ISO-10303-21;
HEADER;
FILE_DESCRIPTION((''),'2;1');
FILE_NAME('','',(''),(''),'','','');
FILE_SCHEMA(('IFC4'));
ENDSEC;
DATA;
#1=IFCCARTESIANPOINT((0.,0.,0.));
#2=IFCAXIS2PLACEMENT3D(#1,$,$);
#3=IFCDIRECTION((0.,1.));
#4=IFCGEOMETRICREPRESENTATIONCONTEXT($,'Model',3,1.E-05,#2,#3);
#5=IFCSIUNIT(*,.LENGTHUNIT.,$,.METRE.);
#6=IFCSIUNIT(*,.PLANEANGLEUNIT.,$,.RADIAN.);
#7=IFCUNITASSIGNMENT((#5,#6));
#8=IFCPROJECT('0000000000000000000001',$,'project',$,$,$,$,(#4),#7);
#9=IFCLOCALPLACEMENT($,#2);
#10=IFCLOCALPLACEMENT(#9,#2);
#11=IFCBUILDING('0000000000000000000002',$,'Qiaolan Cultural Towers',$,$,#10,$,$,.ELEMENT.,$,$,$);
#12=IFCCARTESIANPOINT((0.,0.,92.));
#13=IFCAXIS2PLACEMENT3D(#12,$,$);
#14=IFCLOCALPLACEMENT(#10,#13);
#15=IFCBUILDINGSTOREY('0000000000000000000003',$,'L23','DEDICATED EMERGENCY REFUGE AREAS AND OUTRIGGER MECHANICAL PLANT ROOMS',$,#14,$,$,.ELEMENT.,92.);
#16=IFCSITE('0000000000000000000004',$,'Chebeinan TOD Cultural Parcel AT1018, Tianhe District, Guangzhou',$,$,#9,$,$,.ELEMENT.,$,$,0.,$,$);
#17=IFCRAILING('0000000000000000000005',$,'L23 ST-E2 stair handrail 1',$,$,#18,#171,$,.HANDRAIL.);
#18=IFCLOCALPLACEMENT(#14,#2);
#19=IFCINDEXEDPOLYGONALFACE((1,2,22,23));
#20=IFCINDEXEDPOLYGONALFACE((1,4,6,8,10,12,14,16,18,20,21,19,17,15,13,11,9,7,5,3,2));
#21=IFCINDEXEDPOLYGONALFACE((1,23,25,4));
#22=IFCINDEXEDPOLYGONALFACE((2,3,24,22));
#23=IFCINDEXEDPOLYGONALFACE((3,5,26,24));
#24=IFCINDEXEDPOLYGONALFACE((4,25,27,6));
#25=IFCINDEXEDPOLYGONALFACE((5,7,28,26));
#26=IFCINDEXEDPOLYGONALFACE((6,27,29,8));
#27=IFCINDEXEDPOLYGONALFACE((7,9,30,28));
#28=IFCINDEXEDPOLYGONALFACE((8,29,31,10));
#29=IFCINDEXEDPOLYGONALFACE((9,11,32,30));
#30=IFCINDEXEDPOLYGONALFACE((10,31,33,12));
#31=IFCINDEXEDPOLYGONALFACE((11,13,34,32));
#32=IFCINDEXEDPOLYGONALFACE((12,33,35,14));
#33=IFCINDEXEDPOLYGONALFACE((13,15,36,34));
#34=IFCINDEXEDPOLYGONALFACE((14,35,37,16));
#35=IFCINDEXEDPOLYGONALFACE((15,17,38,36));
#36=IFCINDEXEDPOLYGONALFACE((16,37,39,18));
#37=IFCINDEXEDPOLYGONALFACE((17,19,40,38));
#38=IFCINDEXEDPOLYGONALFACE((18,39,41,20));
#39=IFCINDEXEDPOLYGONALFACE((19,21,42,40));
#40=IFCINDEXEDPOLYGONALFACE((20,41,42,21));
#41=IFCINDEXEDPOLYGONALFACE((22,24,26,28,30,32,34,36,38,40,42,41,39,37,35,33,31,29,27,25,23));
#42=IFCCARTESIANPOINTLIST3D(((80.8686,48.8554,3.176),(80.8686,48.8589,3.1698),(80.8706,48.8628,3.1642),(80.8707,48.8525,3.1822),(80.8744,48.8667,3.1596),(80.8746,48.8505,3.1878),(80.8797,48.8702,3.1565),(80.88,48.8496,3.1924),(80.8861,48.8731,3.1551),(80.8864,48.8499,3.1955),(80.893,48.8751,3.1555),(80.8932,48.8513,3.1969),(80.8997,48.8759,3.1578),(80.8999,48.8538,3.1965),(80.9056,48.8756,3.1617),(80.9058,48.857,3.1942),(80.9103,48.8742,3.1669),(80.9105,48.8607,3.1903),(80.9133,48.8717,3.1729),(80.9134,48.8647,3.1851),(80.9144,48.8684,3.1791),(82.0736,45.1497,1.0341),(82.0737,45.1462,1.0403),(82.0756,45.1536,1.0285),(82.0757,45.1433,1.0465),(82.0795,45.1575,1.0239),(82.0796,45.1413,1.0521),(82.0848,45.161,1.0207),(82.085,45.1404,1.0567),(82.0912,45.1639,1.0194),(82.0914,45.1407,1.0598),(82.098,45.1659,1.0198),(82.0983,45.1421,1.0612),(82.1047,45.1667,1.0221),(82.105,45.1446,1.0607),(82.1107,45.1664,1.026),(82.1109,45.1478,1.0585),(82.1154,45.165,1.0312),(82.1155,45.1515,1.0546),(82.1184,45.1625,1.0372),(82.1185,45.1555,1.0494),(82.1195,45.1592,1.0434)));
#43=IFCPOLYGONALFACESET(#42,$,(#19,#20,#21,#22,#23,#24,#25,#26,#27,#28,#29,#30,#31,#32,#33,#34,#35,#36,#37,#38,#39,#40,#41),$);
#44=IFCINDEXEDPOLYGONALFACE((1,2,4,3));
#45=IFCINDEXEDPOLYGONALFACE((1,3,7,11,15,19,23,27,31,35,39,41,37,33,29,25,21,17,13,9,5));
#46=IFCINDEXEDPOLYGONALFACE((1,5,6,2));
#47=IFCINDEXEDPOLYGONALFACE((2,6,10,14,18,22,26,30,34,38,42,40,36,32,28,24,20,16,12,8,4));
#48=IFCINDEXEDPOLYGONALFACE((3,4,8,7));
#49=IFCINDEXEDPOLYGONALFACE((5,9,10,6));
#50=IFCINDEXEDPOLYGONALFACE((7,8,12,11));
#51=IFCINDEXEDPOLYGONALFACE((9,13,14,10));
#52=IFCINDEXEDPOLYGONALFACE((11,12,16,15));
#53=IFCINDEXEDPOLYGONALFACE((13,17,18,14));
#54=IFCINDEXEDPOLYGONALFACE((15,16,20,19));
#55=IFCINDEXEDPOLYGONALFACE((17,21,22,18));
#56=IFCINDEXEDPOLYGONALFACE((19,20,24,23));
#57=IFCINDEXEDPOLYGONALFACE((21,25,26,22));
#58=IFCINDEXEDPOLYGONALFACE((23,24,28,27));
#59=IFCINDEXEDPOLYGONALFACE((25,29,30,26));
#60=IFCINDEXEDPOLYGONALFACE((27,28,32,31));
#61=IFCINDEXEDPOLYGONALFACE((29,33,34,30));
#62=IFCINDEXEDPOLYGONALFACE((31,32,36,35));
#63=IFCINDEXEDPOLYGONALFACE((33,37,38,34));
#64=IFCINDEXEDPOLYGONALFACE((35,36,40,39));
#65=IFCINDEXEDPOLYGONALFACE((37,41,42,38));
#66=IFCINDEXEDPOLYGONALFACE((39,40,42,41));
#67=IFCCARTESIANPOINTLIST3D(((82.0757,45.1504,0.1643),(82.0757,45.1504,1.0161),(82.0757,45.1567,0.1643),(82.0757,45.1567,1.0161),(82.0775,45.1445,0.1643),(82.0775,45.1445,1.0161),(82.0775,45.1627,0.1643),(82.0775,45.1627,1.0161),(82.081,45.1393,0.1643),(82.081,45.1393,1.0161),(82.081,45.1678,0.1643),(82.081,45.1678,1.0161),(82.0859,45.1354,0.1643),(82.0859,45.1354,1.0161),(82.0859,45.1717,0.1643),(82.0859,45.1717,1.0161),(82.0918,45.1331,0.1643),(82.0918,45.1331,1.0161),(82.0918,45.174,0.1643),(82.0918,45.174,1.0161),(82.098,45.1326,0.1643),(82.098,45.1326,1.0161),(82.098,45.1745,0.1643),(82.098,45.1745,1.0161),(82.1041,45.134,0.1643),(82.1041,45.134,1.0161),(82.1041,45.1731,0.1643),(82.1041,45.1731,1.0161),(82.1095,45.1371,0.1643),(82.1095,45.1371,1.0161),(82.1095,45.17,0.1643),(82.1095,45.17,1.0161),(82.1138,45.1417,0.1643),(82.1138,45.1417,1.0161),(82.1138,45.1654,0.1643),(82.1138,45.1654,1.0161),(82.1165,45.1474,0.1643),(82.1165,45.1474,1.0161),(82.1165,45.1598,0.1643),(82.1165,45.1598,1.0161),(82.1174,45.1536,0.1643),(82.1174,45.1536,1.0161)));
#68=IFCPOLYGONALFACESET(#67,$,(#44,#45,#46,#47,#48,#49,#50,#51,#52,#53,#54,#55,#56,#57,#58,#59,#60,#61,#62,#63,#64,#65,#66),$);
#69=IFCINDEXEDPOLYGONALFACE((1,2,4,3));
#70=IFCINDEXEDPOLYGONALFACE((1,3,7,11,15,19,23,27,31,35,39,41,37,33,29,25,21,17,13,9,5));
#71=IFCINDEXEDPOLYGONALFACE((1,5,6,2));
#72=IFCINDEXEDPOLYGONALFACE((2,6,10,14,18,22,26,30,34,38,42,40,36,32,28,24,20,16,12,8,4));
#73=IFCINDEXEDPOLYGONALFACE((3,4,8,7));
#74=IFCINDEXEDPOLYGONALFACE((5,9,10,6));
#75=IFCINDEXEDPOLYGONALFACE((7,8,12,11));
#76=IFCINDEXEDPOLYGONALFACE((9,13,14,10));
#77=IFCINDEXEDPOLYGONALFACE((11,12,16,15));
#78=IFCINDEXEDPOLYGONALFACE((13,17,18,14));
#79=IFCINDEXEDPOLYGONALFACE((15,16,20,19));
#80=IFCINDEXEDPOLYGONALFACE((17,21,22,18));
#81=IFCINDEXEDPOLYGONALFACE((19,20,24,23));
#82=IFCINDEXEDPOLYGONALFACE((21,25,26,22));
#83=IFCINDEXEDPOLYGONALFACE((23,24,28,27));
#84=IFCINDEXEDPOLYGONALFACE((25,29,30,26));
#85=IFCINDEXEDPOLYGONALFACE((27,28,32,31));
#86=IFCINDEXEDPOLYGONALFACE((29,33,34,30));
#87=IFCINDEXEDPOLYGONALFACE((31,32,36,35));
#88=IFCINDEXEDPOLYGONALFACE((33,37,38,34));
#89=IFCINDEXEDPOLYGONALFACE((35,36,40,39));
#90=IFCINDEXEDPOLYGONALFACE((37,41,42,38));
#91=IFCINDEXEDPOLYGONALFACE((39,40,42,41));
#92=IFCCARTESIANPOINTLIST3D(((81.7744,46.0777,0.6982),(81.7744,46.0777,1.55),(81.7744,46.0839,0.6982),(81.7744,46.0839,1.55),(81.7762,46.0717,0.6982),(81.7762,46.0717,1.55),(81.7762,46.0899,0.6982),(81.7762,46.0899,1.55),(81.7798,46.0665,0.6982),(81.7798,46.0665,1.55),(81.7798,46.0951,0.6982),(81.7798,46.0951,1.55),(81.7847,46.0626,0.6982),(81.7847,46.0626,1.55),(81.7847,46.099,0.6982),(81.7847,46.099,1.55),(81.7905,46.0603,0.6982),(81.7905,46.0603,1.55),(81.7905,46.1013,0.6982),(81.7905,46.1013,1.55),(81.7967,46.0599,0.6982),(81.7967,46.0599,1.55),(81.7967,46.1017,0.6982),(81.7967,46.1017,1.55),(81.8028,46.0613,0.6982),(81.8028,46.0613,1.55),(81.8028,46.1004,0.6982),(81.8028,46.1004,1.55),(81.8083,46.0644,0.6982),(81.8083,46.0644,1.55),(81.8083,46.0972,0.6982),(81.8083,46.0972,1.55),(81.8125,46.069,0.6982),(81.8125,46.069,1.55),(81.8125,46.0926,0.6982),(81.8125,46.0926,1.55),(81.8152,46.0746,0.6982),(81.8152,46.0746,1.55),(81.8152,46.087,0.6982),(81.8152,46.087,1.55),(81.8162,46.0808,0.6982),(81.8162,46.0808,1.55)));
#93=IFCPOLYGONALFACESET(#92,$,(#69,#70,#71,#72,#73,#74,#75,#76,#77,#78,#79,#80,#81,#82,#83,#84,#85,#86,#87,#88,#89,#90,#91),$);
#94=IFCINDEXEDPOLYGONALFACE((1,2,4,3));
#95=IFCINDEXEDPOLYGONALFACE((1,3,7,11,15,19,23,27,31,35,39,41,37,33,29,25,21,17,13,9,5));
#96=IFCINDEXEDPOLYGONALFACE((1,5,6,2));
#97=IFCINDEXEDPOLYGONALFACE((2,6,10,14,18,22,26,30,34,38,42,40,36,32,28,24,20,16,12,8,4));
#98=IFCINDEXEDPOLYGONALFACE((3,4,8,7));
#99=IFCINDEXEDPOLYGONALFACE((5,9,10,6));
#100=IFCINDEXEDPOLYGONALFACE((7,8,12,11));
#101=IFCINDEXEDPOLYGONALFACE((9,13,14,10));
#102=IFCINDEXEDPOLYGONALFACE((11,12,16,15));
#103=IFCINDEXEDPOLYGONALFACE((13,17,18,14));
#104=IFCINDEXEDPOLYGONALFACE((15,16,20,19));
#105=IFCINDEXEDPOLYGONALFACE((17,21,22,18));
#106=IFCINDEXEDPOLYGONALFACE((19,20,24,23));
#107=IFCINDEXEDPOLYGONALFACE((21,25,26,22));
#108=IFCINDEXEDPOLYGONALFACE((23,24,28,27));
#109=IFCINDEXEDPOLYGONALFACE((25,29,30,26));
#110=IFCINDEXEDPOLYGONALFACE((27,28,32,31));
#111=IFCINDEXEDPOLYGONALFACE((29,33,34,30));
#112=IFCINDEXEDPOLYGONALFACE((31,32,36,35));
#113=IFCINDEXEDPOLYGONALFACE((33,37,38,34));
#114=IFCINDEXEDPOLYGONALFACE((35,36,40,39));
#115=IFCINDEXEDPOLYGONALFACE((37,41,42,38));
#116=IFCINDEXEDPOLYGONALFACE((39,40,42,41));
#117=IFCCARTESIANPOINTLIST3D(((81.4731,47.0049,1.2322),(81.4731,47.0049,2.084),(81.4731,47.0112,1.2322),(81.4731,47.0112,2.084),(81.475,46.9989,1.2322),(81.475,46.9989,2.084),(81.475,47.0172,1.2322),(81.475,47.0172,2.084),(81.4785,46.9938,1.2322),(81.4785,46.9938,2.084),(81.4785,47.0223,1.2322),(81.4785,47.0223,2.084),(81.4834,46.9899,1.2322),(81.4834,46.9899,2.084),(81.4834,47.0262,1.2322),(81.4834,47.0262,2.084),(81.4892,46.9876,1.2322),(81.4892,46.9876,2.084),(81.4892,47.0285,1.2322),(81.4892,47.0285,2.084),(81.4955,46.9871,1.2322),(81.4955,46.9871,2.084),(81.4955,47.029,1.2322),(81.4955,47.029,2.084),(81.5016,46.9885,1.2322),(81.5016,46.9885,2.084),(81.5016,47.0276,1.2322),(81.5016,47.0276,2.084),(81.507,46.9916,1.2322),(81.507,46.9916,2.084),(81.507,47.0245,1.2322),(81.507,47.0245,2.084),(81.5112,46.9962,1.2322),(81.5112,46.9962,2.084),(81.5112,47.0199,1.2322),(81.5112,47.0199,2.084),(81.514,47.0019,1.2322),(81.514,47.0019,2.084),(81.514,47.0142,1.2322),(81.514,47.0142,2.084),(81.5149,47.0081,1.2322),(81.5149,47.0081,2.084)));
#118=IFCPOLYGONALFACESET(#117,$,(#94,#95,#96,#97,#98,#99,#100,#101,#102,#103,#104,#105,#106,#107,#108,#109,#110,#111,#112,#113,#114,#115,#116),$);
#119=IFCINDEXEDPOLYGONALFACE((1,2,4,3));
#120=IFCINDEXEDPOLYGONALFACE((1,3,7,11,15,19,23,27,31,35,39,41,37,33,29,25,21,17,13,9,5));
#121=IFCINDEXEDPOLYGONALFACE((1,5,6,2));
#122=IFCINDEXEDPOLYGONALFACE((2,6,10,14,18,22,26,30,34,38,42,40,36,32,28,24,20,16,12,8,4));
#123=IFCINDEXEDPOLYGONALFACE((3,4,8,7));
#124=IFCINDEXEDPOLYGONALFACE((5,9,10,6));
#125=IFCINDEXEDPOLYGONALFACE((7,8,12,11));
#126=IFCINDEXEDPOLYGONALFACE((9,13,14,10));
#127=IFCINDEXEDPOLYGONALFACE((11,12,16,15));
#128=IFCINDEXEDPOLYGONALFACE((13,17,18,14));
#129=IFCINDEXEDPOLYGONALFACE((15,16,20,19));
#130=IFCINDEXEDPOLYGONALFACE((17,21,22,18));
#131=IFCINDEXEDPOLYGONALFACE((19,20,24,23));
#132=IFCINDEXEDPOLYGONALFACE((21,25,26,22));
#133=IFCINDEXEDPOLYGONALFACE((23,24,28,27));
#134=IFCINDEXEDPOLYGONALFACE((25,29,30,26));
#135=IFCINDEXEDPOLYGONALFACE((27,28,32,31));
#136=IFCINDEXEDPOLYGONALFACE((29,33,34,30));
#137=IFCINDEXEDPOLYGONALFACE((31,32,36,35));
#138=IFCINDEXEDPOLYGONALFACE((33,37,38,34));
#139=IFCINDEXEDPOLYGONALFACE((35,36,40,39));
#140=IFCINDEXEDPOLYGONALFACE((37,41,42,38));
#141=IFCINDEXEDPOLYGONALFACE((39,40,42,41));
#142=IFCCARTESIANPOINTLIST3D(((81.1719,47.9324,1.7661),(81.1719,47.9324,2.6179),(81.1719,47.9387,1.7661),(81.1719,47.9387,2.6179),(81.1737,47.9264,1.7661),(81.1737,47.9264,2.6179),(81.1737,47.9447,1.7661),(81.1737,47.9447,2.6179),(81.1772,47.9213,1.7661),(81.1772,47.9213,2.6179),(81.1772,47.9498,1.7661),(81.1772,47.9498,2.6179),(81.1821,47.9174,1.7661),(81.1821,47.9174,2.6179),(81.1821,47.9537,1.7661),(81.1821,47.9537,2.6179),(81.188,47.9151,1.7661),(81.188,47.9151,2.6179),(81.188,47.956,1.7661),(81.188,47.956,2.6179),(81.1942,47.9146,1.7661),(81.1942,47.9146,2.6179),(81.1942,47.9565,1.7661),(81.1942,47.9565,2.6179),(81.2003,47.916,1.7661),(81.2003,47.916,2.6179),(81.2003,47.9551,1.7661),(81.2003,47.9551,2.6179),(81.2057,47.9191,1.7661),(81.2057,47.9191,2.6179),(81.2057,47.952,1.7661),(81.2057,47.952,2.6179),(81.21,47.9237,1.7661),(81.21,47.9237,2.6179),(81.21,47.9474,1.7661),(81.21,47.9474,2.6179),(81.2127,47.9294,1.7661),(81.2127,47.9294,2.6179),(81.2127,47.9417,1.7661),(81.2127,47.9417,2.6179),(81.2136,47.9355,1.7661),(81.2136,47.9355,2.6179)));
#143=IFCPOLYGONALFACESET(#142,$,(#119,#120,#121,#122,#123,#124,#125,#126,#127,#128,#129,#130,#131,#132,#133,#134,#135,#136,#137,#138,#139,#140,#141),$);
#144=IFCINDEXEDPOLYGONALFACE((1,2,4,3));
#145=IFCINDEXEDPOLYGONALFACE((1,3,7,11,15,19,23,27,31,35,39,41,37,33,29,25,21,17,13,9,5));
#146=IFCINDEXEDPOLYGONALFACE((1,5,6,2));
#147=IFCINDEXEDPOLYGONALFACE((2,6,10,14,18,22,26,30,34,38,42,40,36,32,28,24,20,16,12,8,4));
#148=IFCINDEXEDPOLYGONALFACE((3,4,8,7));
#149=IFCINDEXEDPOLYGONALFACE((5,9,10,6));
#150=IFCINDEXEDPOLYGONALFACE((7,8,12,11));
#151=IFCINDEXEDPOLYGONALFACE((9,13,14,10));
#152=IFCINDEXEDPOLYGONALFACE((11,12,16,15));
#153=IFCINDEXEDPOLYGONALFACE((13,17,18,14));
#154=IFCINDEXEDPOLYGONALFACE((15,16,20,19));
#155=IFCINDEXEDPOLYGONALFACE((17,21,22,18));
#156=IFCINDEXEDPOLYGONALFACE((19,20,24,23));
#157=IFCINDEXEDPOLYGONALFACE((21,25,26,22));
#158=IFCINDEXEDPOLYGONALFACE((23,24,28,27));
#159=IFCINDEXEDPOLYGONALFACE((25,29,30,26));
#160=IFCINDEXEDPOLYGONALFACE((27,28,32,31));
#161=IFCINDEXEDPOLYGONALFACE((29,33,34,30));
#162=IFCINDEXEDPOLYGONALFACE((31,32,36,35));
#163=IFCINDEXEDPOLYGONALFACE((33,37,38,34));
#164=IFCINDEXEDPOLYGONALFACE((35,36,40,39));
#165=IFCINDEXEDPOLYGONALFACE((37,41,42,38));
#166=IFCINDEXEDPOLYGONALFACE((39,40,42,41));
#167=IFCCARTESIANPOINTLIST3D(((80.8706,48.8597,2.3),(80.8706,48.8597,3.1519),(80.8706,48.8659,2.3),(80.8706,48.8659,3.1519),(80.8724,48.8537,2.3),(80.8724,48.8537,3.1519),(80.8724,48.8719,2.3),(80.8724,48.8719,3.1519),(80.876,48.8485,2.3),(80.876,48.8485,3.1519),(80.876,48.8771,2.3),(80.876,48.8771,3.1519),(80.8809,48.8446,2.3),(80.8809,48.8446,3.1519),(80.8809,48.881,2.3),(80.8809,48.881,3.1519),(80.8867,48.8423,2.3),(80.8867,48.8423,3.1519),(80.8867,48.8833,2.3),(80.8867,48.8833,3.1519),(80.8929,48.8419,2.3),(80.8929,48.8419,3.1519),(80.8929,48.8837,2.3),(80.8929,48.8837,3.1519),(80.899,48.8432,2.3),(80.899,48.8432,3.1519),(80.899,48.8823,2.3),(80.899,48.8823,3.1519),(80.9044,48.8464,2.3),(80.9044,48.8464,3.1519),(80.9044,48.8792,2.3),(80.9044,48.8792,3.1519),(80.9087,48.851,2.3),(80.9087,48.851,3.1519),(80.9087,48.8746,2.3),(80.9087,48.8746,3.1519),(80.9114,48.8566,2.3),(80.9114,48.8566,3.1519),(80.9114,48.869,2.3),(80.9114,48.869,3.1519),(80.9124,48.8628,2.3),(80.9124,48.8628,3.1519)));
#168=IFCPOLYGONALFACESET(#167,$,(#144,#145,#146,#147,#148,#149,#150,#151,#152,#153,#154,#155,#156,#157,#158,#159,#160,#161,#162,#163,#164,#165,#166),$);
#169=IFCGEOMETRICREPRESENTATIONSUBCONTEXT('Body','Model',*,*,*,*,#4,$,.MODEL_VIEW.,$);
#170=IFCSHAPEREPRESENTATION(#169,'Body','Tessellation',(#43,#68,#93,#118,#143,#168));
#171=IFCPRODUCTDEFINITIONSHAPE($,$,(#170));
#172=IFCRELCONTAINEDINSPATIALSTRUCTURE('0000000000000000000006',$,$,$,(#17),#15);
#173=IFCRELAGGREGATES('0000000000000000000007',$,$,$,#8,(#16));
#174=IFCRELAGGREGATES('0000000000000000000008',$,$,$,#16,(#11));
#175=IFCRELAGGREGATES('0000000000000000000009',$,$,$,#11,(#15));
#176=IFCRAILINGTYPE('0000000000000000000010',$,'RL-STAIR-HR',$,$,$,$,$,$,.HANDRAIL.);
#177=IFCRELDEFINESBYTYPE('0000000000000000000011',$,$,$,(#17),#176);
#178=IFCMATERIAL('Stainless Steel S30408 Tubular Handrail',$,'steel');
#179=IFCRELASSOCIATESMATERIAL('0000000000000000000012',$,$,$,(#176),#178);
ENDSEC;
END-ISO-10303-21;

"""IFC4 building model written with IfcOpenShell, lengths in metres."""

from ifc_helpers import new_model, si_unit, direction, frame, origin, origin_2d, place, context, subcontext, project, spatial, circle, extrude, material, type_object, element, save


model = new_model("IFC4")

# Units and contexts
model_context = context("Model", 3, precision=1e-05, world=origin(), true_north=direction((0.0, 1.0)))
body_context = subcontext(model_context, "Body", "Model", "MODEL_VIEW")
ifc_project = project(units=[si_unit("LENGTHUNIT", "METRE"), si_unit("PLANEANGLEUNIT", "RADIAN")], contexts=[model_context])

# Site, building, storey
site_placement = place(None, origin())
site = spatial("IfcSite", under=ifc_project, at=site_placement, Name="Chebeinan TOD Cultural Parcel AT1018, Tianhe District, Guangzhou", CompositionType="ELEMENT", RefElevation=0.0)
building_placement = place(site_placement, origin())
building = spatial("IfcBuilding", under=site, at=building_placement, Name="Qiaolan Cultural Towers", CompositionType="ELEMENT")
storey_placement = place(building_placement, frame((0.0, 0.0, 92.0)))
storey = spatial("IfcBuildingStorey", under=building, at=storey_placement, Name="L23", Description="DEDICATED EMERGENCY REFUGE AREAS AND OUTRIGGER MECHANICAL PLANT ROOMS", CompositionType="ELEMENT", Elevation=92.0)

# Railing
ifc_material_1 = material(Name="Stainless Steel S30408 Tubular Handrail", Category="steel")
railing_type_1 = type_object("IfcRailingType", Name="RL-STAIR-HR", PredefinedType="HANDRAIL", material=ifc_material_1)
railing_1_placement = place(storey_placement, frame((82.0964, 45.1536, 0.1643)))
element("IfcRailing", 1, at=railing_1_placement, inside=storey, type_object=railing_type_1, Name="L23 ST-E2 stair handrail 1", PredefinedType="HANDRAIL", context=body_context, shape_type="SweptSolid", body=[
    extrude(circle(Radius=0.0239, at=origin_2d()), frame((0.0, 0.0, 0.876), z_axis=(-0.271013, 0.834177, 0.480312), x_axis=(-0.951066, -0.308988, 0.0)), (0.0, 0.0, 1.0), 4.4465),
    extrude(circle(Radius=0.021, at=origin_2d()), origin(), (0.0, 0.0, 1.0), 0.8518),
    extrude(circle(Radius=0.021, at=origin_2d()), frame((-0.3013, 0.9272, 0.5339)), (0.0, 0.0, 1.0), 0.8518),
    extrude(circle(Radius=0.021, at=origin_2d()), frame((-0.6025, 1.8545, 1.0679)), (0.0, 0.0, 1.0), 0.8518),
    extrude(circle(Radius=0.021, at=origin_2d()), frame((-0.9038, 2.782, 1.6018)), (0.0, 0.0, 1.0), 0.8518),
    extrude(circle(Radius=0.021, at=origin_2d()), frame((-1.2051, 3.7092, 2.1357)), (0.0, 0.0, 1.0), 0.8518),
])

save(model, "model.ifc")
